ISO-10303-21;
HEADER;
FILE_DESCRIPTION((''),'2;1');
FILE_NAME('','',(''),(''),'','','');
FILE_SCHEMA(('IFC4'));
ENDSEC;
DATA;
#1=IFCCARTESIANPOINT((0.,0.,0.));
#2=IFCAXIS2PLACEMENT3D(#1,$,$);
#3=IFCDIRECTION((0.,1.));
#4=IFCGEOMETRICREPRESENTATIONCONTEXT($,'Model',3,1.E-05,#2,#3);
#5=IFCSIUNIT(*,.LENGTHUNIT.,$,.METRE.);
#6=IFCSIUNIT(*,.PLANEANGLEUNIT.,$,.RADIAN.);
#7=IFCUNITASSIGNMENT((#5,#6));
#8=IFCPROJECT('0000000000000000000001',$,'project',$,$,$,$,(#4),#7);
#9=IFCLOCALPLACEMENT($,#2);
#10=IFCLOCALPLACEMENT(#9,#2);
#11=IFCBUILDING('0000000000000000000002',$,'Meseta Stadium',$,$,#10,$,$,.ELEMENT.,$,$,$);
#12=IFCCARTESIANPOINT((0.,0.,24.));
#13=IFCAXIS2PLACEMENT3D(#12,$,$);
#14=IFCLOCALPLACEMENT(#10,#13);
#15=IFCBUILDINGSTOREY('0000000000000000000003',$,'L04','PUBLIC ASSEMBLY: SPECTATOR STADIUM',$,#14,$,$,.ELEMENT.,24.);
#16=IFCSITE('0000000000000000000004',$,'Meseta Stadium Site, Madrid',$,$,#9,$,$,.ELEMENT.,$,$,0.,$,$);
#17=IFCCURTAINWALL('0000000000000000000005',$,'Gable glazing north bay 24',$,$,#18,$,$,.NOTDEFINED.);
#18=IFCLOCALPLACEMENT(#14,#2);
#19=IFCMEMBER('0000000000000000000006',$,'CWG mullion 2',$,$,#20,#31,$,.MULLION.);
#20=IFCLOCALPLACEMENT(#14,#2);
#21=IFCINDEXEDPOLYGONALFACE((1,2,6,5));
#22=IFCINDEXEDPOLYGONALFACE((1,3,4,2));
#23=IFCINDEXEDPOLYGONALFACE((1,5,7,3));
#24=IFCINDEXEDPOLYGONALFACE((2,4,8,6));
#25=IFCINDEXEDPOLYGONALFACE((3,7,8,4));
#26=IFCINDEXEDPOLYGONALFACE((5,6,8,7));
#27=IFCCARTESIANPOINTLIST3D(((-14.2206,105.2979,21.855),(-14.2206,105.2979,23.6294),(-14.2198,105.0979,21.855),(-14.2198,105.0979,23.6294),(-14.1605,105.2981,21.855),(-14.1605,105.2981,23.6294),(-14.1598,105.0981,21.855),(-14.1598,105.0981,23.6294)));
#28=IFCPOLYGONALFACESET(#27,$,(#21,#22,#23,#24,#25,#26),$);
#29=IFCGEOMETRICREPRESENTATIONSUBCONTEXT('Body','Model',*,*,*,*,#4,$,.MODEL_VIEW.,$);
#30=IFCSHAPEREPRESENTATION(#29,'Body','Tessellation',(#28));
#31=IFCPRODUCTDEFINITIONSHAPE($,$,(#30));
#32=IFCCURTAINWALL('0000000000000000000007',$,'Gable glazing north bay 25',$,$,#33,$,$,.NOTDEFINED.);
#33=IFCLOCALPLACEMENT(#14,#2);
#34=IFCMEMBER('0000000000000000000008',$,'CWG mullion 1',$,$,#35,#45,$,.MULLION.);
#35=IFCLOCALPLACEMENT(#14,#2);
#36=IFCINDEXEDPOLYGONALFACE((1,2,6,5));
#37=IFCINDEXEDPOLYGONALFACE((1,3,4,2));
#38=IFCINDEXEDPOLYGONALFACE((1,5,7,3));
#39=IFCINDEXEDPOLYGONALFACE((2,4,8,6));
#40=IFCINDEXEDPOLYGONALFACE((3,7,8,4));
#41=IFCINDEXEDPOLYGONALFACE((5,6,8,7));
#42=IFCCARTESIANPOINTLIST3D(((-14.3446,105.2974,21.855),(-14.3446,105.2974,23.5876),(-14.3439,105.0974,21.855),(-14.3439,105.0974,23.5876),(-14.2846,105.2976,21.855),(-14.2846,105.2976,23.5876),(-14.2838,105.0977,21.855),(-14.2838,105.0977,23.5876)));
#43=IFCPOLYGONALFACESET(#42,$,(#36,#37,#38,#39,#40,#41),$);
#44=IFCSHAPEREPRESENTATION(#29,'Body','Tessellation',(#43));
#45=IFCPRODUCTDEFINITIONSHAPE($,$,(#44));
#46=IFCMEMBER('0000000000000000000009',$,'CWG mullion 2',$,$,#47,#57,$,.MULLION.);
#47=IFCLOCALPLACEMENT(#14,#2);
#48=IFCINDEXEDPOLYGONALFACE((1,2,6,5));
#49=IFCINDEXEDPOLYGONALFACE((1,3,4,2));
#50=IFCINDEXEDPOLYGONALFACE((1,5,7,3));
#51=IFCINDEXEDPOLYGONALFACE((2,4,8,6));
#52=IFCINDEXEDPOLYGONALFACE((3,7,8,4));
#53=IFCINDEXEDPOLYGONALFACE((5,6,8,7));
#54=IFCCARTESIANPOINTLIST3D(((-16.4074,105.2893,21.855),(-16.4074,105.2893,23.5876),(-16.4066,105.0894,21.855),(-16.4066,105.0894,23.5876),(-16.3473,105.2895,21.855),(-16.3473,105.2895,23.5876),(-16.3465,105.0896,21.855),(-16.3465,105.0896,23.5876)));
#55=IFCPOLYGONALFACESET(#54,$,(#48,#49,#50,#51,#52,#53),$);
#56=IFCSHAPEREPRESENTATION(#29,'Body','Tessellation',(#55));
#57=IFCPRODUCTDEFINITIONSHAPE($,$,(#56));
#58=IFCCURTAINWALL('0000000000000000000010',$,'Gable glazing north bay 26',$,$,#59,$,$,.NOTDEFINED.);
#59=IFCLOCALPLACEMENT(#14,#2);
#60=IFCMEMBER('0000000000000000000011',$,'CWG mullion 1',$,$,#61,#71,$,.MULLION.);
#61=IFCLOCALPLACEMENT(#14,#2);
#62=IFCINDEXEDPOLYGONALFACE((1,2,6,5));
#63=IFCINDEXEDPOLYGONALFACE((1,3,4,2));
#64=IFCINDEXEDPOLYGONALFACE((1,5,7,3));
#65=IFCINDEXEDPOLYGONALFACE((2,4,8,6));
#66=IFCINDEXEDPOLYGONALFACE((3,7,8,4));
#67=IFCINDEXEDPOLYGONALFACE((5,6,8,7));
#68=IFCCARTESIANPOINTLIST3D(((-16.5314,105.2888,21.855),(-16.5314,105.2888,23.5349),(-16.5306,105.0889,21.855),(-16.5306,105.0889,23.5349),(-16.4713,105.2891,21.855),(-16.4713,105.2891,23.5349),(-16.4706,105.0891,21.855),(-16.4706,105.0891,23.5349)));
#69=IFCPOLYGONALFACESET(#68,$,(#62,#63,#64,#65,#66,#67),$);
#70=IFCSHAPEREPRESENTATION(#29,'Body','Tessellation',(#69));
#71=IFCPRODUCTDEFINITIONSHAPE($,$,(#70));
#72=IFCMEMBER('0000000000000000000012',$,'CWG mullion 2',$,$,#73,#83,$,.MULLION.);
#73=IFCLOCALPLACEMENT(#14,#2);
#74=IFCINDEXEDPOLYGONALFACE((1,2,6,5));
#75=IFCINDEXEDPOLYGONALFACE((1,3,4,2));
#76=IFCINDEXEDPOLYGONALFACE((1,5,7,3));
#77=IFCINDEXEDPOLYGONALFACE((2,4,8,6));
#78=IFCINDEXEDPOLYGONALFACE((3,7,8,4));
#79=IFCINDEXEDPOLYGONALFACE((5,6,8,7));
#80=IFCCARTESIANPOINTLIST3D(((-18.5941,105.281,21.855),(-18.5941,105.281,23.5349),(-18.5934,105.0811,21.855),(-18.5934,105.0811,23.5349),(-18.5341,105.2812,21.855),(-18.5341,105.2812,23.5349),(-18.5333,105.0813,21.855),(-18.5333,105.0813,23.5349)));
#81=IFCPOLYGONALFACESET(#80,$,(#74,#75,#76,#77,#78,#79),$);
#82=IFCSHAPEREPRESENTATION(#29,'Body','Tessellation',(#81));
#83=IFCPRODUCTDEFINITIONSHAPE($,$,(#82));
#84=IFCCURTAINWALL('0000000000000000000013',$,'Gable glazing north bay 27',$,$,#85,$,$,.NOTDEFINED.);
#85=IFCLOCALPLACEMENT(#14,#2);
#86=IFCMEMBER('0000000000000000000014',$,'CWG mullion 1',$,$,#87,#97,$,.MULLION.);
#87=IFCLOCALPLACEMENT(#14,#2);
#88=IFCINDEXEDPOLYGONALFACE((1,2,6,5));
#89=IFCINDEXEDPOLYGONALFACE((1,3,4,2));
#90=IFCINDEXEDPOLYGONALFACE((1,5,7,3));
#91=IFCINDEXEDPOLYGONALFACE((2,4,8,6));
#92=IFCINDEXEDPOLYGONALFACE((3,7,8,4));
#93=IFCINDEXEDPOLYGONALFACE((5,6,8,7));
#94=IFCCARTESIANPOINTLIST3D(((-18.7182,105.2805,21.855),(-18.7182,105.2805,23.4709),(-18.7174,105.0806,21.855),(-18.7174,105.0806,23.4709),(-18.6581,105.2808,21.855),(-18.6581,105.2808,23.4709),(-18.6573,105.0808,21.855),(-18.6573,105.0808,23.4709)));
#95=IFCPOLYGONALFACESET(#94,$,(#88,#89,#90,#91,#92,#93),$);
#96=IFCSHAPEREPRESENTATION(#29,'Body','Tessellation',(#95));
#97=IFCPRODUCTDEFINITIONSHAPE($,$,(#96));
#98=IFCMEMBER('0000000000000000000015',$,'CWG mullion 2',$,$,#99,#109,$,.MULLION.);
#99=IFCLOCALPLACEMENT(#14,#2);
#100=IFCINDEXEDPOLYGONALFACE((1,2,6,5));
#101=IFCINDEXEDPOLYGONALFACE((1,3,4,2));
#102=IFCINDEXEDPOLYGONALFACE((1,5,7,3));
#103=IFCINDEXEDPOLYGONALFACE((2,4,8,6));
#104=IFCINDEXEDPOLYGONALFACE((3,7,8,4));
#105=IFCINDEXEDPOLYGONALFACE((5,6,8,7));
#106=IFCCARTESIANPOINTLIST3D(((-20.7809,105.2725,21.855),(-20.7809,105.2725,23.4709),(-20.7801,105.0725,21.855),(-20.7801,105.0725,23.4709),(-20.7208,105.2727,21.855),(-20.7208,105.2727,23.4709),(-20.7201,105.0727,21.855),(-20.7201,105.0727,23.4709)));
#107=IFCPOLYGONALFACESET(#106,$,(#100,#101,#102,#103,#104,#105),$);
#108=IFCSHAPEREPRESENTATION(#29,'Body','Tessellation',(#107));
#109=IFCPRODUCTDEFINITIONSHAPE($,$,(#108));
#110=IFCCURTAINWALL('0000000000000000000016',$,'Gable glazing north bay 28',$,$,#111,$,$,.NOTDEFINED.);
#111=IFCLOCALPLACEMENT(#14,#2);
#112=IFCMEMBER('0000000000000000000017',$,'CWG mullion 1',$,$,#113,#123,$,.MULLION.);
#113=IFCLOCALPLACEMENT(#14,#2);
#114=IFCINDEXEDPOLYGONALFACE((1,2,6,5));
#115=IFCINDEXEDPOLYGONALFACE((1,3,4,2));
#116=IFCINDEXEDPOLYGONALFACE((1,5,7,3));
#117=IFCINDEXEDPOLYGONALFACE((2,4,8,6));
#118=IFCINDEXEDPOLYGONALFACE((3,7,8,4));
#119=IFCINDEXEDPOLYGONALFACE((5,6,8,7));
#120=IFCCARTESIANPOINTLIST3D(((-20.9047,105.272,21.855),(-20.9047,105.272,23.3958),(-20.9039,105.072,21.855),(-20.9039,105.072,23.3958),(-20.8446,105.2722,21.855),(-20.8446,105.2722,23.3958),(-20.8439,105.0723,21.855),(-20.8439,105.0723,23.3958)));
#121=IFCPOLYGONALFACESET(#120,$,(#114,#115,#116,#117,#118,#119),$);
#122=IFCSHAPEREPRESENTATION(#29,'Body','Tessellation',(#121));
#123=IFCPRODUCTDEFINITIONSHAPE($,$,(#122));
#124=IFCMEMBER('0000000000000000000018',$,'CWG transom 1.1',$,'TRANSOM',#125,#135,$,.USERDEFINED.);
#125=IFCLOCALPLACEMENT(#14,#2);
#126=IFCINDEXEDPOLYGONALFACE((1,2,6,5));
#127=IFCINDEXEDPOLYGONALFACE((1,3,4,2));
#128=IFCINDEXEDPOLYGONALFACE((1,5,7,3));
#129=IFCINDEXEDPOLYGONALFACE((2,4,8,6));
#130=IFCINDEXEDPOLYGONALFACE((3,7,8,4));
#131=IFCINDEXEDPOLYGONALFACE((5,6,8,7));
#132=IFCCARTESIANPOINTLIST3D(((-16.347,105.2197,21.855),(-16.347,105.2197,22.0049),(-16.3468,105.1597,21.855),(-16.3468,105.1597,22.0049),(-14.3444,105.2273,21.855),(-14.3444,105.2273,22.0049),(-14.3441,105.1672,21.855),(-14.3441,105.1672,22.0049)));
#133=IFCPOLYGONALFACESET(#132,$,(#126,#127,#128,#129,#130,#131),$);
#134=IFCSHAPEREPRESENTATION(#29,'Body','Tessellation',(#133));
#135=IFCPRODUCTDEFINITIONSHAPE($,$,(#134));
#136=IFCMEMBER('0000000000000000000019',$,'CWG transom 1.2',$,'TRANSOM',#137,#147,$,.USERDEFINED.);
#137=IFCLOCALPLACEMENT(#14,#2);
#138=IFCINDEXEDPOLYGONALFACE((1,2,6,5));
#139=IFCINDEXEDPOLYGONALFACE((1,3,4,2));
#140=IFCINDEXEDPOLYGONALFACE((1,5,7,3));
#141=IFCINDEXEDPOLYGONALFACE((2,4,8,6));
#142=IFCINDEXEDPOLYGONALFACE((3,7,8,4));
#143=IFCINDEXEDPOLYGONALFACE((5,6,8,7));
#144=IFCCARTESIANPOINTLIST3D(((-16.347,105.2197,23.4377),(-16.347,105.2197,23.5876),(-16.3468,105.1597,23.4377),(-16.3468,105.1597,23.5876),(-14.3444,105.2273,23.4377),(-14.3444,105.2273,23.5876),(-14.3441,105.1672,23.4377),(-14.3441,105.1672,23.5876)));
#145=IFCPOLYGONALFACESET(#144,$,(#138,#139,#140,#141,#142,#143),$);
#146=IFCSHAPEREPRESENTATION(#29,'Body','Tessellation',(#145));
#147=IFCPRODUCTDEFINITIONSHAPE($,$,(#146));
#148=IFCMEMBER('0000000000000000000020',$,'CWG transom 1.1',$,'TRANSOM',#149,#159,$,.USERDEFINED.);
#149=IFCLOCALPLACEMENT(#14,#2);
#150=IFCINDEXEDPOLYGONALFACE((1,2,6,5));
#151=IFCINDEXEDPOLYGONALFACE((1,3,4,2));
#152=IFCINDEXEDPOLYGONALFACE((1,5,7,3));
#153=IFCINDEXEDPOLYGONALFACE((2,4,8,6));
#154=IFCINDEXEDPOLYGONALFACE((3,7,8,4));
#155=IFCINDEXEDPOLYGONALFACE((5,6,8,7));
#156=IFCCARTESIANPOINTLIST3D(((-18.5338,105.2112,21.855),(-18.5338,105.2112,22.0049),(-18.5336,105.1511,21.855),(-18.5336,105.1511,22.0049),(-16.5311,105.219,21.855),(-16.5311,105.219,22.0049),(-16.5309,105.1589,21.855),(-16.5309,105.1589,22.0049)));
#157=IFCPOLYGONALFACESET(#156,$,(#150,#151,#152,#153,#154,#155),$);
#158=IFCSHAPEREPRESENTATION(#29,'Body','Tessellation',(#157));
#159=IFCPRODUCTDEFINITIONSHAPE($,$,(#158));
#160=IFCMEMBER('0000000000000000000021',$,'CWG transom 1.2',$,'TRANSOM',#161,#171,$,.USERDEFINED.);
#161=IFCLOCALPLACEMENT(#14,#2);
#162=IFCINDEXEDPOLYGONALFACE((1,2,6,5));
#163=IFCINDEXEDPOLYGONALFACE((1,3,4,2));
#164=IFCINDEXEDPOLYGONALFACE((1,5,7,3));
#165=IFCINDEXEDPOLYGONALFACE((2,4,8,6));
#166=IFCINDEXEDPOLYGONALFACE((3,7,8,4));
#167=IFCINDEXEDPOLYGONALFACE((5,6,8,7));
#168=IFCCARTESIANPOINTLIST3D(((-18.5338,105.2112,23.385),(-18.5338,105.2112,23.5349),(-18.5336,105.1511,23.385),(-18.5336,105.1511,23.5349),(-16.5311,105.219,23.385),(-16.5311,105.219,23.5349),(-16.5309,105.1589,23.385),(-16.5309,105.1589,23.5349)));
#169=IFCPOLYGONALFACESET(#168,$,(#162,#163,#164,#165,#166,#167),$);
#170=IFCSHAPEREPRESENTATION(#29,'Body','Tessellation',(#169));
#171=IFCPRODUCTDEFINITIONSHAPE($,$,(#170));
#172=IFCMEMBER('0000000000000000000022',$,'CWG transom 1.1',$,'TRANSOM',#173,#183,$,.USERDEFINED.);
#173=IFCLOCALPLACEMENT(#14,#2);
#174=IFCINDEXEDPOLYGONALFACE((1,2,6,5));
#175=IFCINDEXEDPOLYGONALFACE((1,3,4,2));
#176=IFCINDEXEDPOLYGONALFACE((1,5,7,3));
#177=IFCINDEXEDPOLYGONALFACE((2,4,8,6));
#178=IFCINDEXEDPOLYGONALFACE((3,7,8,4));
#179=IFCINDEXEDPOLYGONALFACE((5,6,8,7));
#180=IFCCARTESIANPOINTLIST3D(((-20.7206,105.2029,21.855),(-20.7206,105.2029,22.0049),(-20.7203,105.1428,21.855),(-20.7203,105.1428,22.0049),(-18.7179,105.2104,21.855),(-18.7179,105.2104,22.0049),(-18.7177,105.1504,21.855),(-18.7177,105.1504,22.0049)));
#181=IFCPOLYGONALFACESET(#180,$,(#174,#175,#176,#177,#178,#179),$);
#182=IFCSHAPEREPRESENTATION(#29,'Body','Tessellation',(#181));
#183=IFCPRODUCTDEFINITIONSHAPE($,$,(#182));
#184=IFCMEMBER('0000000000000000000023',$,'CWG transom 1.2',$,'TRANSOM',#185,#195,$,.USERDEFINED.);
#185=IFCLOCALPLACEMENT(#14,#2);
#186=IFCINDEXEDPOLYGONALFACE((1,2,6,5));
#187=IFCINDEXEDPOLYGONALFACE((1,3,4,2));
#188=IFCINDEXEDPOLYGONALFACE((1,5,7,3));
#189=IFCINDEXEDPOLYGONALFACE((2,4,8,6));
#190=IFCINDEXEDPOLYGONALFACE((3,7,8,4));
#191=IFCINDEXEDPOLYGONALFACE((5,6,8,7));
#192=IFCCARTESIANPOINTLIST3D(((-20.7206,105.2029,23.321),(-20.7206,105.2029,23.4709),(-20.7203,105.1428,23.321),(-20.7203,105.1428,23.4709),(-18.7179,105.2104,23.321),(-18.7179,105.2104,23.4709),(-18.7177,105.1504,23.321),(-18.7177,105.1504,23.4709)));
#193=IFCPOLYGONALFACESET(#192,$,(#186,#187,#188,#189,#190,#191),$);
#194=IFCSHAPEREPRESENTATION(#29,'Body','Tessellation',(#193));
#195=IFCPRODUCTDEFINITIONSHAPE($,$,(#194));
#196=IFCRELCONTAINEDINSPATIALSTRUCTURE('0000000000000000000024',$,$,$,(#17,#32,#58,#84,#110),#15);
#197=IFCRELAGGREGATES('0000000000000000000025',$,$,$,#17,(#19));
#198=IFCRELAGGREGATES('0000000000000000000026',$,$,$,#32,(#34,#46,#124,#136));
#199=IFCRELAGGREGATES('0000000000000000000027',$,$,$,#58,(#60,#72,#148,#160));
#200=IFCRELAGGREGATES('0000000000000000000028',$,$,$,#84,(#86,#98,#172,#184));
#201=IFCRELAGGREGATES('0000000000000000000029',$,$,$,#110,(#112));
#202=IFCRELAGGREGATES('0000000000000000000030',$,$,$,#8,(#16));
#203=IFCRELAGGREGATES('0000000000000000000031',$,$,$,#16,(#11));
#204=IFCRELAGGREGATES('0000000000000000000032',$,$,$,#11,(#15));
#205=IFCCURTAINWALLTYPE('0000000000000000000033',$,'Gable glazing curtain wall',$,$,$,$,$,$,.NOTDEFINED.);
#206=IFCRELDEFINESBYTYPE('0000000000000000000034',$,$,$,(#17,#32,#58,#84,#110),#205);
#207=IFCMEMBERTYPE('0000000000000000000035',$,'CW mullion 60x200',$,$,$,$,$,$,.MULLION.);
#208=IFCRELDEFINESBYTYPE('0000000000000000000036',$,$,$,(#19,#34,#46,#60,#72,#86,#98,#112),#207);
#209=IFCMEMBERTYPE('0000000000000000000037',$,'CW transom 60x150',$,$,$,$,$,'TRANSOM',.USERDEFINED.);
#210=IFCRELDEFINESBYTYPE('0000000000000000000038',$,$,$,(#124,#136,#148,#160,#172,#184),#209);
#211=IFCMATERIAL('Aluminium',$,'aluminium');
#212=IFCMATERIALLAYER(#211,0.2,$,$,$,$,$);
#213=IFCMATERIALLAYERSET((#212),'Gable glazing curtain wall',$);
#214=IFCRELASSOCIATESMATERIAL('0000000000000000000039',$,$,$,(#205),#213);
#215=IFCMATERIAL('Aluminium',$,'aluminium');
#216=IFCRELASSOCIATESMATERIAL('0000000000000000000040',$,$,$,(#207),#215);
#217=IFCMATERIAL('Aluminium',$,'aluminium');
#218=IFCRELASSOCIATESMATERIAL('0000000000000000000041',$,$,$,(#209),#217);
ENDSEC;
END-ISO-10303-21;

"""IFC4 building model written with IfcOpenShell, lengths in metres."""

from ifc_helpers import new_model, si_unit, direction, frame, origin, origin_2d, place, context, subcontext, project, spatial, rectangle, extrude, material, layer, layer_set, material_profile, profile_set, type_object, element, aggregate, save


model = new_model("IFC4")

# Units and contexts
model_context = context("Model", 3, precision=1e-05, world=origin(), true_north=direction((0.0, 1.0)))
body_context = subcontext(model_context, "Body", "Model", "MODEL_VIEW")
ifc_project = project(units=[si_unit("LENGTHUNIT", "METRE"), si_unit("PLANEANGLEUNIT", "RADIAN")], contexts=[model_context])

# Site, building, storey
site_placement = place(None, origin())
site = spatial("IfcSite", under=ifc_project, at=site_placement, Name="Meseta Stadium Site, Madrid", CompositionType="ELEMENT", RefElevation=0.0)
building_placement = place(site_placement, origin())
building = spatial("IfcBuilding", under=site, at=building_placement, Name="Meseta Stadium", CompositionType="ELEMENT")
storey_placement = place(building_placement, frame((0.0, 0.0, 24.0)))
storey = spatial("IfcBuildingStorey", under=building, at=storey_placement, Name="L04", Description="PUBLIC ASSEMBLY: SPECTATOR STADIUM", CompositionType="ELEMENT", Elevation=24.0)

# Curtain wall, member
ifc_material_1 = material(Name="Aluminium", Category="aluminium")
ifc_layer_1 = layer(ifc_material_1, 0.2)
ifc_layer_set_1 = layer_set([ifc_layer_1], Name="Gable glazing curtain wall")
curtain_wall_type = type_object("IfcCurtainWallType", Name="Gable glazing curtain wall", PredefinedType="NOTDEFINED", material=ifc_layer_set_1)
curtain_wall_1_placement = place(storey_placement, origin())
curtain_wall_1 = element("IfcCurtainWall", 1, at=curtain_wall_1_placement, inside=storey, type_object=curtain_wall_type, Name="Gable glazing north bay 24", PredefinedType="NOTDEFINED")
ifc_material_2 = material(Name="Aluminium", Category="aluminium")
ifc_material_profile_1 = material_profile(ifc_material_2, rectangle(XDim=0.2, YDim=0.0601, at=origin_2d()), Name="CW 200x60")
ifc_profile_set_1 = profile_set([ifc_material_profile_1], Name="Aluminium")
member_type_1 = type_object("IfcMemberType", Name="CW mullion 60x200", PredefinedType="MULLION", material=ifc_profile_set_1)
member_1_placement = place(storey_placement, frame((-14.1902, 105.198, 21.855), z_axis=(0.0, 0.0, 1.0), x_axis=(0.003848, -0.999993, 0.0)))
member_1 = element("IfcMember", 2, at=member_1_placement, type_object=member_type_1, Name="CWG mullion 2", PredefinedType="MULLION", context=body_context, shape_type="SweptSolid", body=[
    extrude(rectangle(XDim=0.2, YDim=0.0601, at=origin_2d()), origin(), (0.0, 0.0, 1.0), 1.7744),
])
aggregate(curtain_wall_1, [member_1])

# Curtain walls, members
curtain_wall_2_placement = place(storey_placement, origin())
curtain_wall_2 = element("IfcCurtainWall", 3, at=curtain_wall_2_placement, inside=storey, type_object=curtain_wall_type, Name="Gable glazing north bay 25", PredefinedType="NOTDEFINED")
member_2_placement = place(storey_placement, frame((-14.3142, 105.1975, 21.855), z_axis=(0.0, 0.0, 1.0), x_axis=(0.003848, -0.999993, 0.0)))
member_2 = element("IfcMember", 4, at=member_2_placement, type_object=member_type_1, Name="CWG mullion 1", PredefinedType="MULLION", context=body_context, shape_type="SweptSolid", body=[
    extrude(rectangle(XDim=0.2, YDim=0.0601, at=origin_2d()), origin(), (0.0, 0.0, 1.0), 1.7327),
])
member_3_placement = place(storey_placement, frame((-16.377, 105.1895, 21.855), z_axis=(0.0, 0.0, 1.0), x_axis=(0.003848, -0.999993, 0.0)))
member_3 = element("IfcMember", 5, at=member_3_placement, type_object=member_type_1, Name="CWG mullion 2", PredefinedType="MULLION", context=body_context, shape_type="SweptSolid", body=[
    extrude(rectangle(XDim=0.2, YDim=0.0601, at=origin_2d()), origin(), (0.0, 0.0, 1.0), 1.7327),
])
curtain_wall_3_placement = place(storey_placement, origin())
curtain_wall_3 = element("IfcCurtainWall", 6, at=curtain_wall_3_placement, inside=storey, type_object=curtain_wall_type, Name="Gable glazing north bay 26", PredefinedType="NOTDEFINED")
member_4_placement = place(storey_placement, frame((-16.501, 105.189, 21.855), z_axis=(0.0, 0.0, 1.0), x_axis=(0.003848, -0.999993, 0.0)))
member_4 = element("IfcMember", 7, at=member_4_placement, type_object=member_type_1, Name="CWG mullion 1", PredefinedType="MULLION", context=body_context, shape_type="SweptSolid", body=[
    extrude(rectangle(XDim=0.2, YDim=0.0601, at=origin_2d()), origin(), (0.0, 0.0, 1.0), 1.6799),
])
member_5_placement = place(storey_placement, frame((-18.5637, 105.1812, 21.855), z_axis=(0.0, 0.0, 1.0), x_axis=(0.003848, -0.999993, 0.0)))
member_5 = element("IfcMember", 8, at=member_5_placement, type_object=member_type_1, Name="CWG mullion 2", PredefinedType="MULLION", context=body_context, shape_type="SweptSolid", body=[
    extrude(rectangle(XDim=0.2, YDim=0.0601, at=origin_2d()), origin(), (0.0, 0.0, 1.0), 1.6799),
])
curtain_wall_4_placement = place(storey_placement, origin())
curtain_wall_4 = element("IfcCurtainWall", 9, at=curtain_wall_4_placement, inside=storey, type_object=curtain_wall_type, Name="Gable glazing north bay 27", PredefinedType="NOTDEFINED")
member_6_placement = place(storey_placement, frame((-18.6877, 105.1807, 21.855), z_axis=(0.0, 0.0, 1.0), x_axis=(0.003848, -0.999993, 0.0)))
member_6 = element("IfcMember", 10, at=member_6_placement, type_object=member_type_1, Name="CWG mullion 1", PredefinedType="MULLION", context=body_context, shape_type="SweptSolid", body=[
    extrude(rectangle(XDim=0.2, YDim=0.0601, at=origin_2d()), origin(), (0.0, 0.0, 1.0), 1.616),
])
member_7_placement = place(storey_placement, frame((-20.7505, 105.1726, 21.855), z_axis=(0.0, 0.0, 1.0), x_axis=(0.003848, -0.999993, 0.0)))
member_7 = element("IfcMember", 11, at=member_7_placement, type_object=member_type_1, Name="CWG mullion 2", PredefinedType="MULLION", context=body_context, shape_type="SweptSolid", body=[
    extrude(rectangle(XDim=0.2, YDim=0.0601, at=origin_2d()), origin(), (0.0, 0.0, 1.0), 1.616),
])

# Curtain wall, member
curtain_wall_5_placement = place(storey_placement, origin())
curtain_wall_5 = element("IfcCurtainWall", 12, at=curtain_wall_5_placement, inside=storey, type_object=curtain_wall_type, Name="Gable glazing north bay 28", PredefinedType="NOTDEFINED")
member_8_placement = place(storey_placement, frame((-20.8743, 105.1721, 21.855), z_axis=(0.0, 0.0, 1.0), x_axis=(0.003848, -0.999993, 0.0)))
member_8 = element("IfcMember", 13, at=member_8_placement, type_object=member_type_1, Name="CWG mullion 1", PredefinedType="MULLION", context=body_context, shape_type="SweptSolid", body=[
    extrude(rectangle(XDim=0.2, YDim=0.0601, at=origin_2d()), origin(), (0.0, 0.0, 1.0), 1.5408),
])

# Members
ifc_material_3 = material(Name="Aluminium", Category="aluminium")
ifc_material_profile_2 = material_profile(ifc_material_3, rectangle(XDim=0.0601, YDim=0.1499, at=origin_2d()), Name="CW 60x150")
ifc_profile_set_2 = profile_set([ifc_material_profile_2], Name="Aluminium")
member_type_2 = type_object("IfcMemberType", Name="CW transom 60x150", ElementType="TRANSOM", PredefinedType="USERDEFINED", material=ifc_profile_set_2)
member_9_placement = place(storey_placement, frame((-14.3442, 105.1973, 21.9299), z_axis=(-0.999993, -0.003779, 0.0), x_axis=(0.003779, -0.999993, 0.0)))
member_9 = element("IfcMember", 14, at=member_9_placement, type_object=member_type_2, Name="CWG transom 1.1", ObjectType="TRANSOM", PredefinedType="USERDEFINED", context=body_context, shape_type="SweptSolid", body=[
    extrude(rectangle(XDim=0.0601, YDim=0.1499, at=origin_2d()), origin(), (0.0, 0.0, 1.0), 2.0027),
])
member_10_placement = place(storey_placement, frame((-14.3442, 105.1973, 23.5127), z_axis=(-0.999993, -0.003779, 0.0), x_axis=(0.003779, -0.999993, 0.0)))
member_10 = element("IfcMember", 15, at=member_10_placement, type_object=member_type_2, Name="CWG transom 1.2", ObjectType="TRANSOM", PredefinedType="USERDEFINED", context=body_context, shape_type="SweptSolid", body=[
    extrude(rectangle(XDim=0.0601, YDim=0.1499, at=origin_2d()), origin(), (0.0, 0.0, 1.0), 2.0027),
])
member_11_placement = place(storey_placement, frame((-16.531, 105.189, 21.9299), z_axis=(-0.999992, -0.003901, 0.0), x_axis=(0.003901, -0.999992, 0.0)))
member_11 = element("IfcMember", 16, at=member_11_placement, type_object=member_type_2, Name="CWG transom 1.1", ObjectType="TRANSOM", PredefinedType="USERDEFINED", context=body_context, shape_type="SweptSolid", body=[
    extrude(rectangle(XDim=0.0601, YDim=0.1499, at=origin_2d()), origin(), (0.0, 0.0, 1.0), 2.0027),
])
member_12_placement = place(storey_placement, frame((-16.531, 105.189, 23.46), z_axis=(-0.999992, -0.003901, 0.0), x_axis=(0.003901, -0.999992, 0.0)))
member_12 = element("IfcMember", 17, at=member_12_placement, type_object=member_type_2, Name="CWG transom 1.2", ObjectType="TRANSOM", PredefinedType="USERDEFINED", context=body_context, shape_type="SweptSolid", body=[
    extrude(rectangle(XDim=0.0601, YDim=0.1499, at=origin_2d()), origin(), (0.0, 0.0, 1.0), 2.0027),
])
member_13_placement = place(storey_placement, frame((-18.7178, 105.1804, 21.9299), z_axis=(-0.999993, -0.003779, 0.0), x_axis=(0.003779, -0.999993, 0.0)))
member_13 = element("IfcMember", 18, at=member_13_placement, type_object=member_type_2, Name="CWG transom 1.1", ObjectType="TRANSOM", PredefinedType="USERDEFINED", context=body_context, shape_type="SweptSolid", body=[
    extrude(rectangle(XDim=0.0601, YDim=0.1499, at=origin_2d()), origin(), (0.0, 0.0, 1.0), 2.0027),
])
member_14_placement = place(storey_placement, frame((-18.7178, 105.1804, 23.396), z_axis=(-0.999993, -0.003779, 0.0), x_axis=(0.003779, -0.999993, 0.0)))
member_14 = element("IfcMember", 19, at=member_14_placement, type_object=member_type_2, Name="CWG transom 1.2", ObjectType="TRANSOM", PredefinedType="USERDEFINED", context=body_context, shape_type="SweptSolid", body=[
    extrude(rectangle(XDim=0.0601, YDim=0.1499, at=origin_2d()), origin(), (0.0, 0.0, 1.0), 2.0027),
])

aggregate(curtain_wall_2, [member_2, member_3, member_9, member_10])
aggregate(curtain_wall_3, [member_4, member_5, member_11, member_12])
aggregate(curtain_wall_4, [member_6, member_7, member_13, member_14])
aggregate(curtain_wall_5, [member_8])

save(model, "model.ifc")
